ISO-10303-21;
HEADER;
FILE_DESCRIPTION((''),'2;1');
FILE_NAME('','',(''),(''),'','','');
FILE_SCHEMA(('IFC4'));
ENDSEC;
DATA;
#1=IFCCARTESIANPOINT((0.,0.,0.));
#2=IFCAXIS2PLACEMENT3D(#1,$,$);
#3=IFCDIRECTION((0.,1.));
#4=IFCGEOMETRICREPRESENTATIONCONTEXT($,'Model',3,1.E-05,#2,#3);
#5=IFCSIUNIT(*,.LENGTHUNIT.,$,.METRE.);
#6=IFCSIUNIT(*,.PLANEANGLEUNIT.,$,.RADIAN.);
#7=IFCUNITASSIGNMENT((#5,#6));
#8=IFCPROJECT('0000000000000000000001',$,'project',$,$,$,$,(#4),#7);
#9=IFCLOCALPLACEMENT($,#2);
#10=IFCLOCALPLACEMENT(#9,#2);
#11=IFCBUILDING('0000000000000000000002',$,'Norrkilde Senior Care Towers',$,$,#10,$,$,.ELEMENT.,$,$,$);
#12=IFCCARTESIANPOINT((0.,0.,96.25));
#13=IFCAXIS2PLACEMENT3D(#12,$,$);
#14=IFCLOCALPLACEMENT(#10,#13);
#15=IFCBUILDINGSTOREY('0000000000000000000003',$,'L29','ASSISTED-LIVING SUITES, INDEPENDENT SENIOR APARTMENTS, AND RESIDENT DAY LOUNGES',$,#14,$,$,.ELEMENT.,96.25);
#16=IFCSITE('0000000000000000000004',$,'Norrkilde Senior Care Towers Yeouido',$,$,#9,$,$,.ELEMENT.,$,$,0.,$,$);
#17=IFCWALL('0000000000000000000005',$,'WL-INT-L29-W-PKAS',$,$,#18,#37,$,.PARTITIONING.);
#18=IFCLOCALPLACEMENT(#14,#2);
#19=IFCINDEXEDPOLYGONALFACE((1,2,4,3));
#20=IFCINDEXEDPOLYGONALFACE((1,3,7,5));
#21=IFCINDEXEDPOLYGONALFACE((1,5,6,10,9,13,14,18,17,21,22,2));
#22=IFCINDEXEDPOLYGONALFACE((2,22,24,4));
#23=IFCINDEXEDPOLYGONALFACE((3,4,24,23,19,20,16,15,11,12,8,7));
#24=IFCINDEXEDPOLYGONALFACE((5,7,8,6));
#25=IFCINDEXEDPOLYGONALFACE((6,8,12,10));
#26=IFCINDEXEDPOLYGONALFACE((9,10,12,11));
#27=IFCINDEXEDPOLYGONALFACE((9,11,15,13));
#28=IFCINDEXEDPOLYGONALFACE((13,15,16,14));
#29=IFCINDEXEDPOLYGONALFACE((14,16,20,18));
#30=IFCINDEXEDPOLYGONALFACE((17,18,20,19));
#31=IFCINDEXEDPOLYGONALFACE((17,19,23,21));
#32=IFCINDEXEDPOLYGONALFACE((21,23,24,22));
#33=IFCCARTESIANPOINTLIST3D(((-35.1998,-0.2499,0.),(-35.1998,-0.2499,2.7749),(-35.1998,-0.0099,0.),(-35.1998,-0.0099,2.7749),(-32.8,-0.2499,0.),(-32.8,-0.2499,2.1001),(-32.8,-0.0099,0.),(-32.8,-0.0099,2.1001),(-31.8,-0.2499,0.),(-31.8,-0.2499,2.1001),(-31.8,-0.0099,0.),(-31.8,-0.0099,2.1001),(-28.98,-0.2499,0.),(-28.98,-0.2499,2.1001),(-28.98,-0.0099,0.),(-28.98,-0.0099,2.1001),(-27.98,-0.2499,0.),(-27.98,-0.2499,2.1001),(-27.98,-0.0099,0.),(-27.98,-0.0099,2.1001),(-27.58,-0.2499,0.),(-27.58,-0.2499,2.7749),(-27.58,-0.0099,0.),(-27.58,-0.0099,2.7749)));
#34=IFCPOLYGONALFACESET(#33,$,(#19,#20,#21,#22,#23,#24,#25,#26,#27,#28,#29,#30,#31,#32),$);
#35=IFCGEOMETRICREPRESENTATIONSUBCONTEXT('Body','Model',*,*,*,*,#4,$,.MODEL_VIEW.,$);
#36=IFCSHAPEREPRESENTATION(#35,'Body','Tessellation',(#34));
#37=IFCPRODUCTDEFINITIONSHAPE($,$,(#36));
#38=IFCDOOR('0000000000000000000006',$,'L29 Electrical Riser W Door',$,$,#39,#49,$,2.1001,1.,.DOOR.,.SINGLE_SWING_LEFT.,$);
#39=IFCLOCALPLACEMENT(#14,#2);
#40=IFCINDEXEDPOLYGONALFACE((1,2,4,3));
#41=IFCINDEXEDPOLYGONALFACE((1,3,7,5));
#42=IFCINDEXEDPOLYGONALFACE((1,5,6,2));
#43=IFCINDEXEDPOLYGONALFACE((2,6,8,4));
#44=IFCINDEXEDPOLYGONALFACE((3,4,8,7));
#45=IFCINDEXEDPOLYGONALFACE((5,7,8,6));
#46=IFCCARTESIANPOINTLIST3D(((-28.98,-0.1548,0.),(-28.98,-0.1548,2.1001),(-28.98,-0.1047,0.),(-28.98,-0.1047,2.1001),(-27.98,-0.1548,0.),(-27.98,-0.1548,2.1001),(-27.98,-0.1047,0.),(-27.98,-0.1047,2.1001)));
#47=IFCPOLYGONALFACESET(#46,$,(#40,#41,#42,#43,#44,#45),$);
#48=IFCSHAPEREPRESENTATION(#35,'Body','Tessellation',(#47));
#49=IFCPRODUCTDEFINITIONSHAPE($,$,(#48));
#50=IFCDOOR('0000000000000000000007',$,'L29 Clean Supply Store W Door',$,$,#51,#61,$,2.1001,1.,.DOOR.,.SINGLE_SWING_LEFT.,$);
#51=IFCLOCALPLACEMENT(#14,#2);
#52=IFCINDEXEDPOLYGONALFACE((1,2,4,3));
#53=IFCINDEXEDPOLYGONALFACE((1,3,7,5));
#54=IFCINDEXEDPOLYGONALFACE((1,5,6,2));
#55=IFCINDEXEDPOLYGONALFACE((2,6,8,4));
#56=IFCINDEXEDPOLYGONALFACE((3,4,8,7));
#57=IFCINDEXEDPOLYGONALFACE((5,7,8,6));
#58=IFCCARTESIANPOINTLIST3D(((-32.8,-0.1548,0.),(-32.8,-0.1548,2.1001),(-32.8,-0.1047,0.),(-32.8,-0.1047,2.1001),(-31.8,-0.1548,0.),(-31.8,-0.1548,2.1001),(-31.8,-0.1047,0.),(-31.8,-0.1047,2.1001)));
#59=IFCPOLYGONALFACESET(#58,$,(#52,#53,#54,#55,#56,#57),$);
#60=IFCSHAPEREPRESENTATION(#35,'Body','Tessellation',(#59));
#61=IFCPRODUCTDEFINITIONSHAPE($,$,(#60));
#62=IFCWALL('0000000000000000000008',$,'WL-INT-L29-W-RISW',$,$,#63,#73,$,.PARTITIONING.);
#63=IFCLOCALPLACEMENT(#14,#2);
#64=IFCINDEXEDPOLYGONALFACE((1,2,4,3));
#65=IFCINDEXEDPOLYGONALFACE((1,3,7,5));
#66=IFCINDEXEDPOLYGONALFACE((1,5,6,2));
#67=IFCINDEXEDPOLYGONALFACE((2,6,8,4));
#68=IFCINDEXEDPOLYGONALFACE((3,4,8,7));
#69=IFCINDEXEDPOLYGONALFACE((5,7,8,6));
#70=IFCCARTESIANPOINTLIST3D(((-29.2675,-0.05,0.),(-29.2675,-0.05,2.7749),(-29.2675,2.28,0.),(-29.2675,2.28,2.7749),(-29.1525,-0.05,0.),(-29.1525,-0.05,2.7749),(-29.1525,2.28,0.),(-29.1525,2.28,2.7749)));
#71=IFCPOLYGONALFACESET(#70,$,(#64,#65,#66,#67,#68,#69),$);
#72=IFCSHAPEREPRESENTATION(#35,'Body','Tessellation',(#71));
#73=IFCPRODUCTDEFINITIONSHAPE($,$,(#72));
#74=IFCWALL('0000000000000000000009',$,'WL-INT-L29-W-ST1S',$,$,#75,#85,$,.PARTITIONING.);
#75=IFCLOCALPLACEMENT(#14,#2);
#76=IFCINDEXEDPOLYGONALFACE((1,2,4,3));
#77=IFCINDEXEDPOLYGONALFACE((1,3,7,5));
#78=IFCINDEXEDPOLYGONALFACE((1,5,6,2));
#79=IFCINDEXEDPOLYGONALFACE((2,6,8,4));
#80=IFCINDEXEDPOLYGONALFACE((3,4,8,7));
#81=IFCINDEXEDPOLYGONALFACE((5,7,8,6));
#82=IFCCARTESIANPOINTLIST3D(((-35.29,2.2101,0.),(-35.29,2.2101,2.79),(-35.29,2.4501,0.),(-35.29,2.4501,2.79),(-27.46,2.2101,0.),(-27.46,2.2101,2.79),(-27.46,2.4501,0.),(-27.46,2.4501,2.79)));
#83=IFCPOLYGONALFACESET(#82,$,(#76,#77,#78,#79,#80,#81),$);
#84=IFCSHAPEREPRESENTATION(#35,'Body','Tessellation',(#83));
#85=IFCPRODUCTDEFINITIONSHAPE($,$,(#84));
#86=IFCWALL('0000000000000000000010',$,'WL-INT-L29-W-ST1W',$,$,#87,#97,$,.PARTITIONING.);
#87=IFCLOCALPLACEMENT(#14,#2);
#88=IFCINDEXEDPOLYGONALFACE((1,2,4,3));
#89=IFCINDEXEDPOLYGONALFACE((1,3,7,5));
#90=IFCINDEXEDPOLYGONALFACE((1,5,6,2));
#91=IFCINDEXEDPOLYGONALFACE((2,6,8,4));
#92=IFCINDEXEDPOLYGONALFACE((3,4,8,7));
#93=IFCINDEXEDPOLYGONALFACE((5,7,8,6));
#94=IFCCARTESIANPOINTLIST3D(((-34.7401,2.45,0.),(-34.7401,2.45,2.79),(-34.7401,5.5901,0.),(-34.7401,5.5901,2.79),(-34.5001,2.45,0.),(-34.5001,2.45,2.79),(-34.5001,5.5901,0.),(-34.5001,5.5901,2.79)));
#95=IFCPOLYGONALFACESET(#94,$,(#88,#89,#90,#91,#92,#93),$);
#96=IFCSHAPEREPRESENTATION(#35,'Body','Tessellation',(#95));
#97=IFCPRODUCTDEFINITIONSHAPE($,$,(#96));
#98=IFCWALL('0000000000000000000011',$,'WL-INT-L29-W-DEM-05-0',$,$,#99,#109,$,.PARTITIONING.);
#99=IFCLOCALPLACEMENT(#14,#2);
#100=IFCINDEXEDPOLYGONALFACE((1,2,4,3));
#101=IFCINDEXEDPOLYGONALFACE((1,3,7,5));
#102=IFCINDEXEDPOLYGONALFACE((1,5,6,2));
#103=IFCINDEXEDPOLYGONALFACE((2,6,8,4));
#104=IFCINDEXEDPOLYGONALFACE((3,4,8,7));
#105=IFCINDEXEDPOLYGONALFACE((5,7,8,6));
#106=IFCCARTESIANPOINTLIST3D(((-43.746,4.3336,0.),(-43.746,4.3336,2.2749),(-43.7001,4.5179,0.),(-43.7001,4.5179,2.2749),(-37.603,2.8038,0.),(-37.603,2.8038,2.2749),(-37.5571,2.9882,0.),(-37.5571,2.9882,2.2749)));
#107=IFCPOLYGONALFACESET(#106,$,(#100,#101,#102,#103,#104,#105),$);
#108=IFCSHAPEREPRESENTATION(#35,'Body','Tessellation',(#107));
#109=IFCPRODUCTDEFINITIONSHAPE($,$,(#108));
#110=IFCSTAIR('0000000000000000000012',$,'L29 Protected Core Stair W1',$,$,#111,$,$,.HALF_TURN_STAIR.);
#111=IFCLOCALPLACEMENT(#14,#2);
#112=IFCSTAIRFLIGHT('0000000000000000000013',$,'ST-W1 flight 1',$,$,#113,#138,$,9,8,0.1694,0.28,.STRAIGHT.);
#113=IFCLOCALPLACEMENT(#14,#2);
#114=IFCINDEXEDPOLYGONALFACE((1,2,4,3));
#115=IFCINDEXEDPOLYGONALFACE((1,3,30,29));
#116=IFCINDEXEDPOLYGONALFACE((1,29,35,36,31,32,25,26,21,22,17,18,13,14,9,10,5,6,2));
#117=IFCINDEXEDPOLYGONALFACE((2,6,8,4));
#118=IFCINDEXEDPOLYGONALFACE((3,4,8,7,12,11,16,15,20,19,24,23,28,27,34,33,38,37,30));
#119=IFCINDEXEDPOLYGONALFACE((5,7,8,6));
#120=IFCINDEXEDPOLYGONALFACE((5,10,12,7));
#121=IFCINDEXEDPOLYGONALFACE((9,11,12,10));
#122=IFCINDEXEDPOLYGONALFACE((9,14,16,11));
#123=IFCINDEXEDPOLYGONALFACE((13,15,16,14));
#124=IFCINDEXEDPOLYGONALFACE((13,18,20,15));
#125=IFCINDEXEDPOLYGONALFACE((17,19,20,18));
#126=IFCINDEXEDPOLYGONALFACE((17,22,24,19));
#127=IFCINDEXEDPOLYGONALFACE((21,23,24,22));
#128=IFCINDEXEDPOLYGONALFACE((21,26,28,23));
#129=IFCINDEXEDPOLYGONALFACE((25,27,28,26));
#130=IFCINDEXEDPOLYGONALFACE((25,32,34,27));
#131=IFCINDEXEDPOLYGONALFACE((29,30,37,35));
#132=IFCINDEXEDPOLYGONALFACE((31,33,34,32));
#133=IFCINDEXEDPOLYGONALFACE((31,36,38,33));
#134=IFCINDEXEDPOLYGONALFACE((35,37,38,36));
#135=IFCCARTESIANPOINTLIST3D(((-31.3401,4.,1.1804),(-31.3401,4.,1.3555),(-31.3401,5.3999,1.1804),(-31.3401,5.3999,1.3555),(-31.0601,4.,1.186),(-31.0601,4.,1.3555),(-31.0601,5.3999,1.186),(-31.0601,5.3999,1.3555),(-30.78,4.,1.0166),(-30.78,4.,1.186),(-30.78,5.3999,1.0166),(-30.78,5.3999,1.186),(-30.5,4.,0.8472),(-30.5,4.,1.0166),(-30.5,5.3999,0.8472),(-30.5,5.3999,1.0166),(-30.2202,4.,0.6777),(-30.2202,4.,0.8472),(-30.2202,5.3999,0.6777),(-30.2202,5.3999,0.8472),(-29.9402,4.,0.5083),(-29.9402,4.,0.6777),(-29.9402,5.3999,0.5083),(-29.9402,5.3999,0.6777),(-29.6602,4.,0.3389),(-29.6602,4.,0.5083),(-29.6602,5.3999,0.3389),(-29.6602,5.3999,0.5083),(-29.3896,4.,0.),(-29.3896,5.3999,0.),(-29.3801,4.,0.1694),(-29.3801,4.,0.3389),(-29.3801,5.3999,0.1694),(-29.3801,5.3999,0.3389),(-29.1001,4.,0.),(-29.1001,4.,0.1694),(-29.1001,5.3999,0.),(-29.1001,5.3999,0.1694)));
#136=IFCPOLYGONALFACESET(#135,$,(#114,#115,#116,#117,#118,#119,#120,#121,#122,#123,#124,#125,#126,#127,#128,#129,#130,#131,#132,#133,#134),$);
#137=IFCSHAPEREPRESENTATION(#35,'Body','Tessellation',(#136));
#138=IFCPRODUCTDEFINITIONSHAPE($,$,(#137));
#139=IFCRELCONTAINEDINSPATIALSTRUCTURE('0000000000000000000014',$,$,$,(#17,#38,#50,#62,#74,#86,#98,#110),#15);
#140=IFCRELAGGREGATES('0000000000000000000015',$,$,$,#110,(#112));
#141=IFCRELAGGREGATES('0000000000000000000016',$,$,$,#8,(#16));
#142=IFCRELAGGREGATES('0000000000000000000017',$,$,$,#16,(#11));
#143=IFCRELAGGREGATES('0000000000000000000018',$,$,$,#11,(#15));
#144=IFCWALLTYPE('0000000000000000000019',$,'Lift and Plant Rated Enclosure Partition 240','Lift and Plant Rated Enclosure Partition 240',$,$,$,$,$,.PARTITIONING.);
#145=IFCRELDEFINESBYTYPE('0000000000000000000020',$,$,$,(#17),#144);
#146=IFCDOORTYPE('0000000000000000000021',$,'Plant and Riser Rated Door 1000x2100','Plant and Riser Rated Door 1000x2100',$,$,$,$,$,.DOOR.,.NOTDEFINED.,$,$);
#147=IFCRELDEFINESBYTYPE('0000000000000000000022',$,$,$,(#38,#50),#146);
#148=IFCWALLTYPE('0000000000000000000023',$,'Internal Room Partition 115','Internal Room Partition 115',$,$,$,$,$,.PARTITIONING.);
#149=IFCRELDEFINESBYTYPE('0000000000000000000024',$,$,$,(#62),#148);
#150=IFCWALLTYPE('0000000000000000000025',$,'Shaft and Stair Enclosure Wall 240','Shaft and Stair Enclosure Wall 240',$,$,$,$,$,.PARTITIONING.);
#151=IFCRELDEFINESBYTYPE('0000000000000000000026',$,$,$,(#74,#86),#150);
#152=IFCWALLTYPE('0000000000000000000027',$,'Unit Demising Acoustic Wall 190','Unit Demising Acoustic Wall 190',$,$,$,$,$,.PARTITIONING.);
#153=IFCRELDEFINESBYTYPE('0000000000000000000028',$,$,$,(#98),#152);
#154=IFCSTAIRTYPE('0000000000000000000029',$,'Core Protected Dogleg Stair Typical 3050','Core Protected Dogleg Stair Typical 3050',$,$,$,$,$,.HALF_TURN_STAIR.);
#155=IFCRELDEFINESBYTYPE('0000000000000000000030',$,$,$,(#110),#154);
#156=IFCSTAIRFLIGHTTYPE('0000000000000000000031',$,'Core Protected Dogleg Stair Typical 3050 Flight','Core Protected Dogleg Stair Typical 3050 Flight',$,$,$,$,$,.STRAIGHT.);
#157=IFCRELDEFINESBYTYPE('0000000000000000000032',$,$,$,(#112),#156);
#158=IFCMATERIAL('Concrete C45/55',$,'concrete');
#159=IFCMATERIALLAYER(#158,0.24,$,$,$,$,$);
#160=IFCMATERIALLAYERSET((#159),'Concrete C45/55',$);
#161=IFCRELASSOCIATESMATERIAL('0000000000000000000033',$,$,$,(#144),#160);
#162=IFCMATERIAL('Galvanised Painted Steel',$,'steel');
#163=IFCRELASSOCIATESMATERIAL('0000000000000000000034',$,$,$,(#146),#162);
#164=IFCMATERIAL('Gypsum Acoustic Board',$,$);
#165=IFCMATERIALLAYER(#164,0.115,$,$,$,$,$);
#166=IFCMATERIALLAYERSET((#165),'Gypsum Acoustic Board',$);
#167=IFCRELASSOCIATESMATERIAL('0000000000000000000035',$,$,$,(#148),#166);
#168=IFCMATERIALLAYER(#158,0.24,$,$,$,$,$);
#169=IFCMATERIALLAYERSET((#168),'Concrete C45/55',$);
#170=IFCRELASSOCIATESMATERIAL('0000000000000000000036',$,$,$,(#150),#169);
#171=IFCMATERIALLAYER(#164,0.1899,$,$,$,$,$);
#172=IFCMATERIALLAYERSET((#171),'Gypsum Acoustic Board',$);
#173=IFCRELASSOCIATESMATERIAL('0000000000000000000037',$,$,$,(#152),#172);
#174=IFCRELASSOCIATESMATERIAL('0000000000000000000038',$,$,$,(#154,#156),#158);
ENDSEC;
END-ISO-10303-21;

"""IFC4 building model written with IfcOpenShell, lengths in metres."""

from ifc_helpers import new_model, si_unit, direction, frame, frame_2d, origin, place, context, subcontext, project, spatial, polyline, rectangle, outline, extrude, source, transform, mapped, material, layer, layer_set, type_object, type_shapes, element, fill, aggregate, save


model = new_model("IFC4")

# Units and contexts
model_context = context("Model", 3, precision=1e-05, world=origin(), true_north=direction((0.0, 1.0)))
body_context = subcontext(model_context, "Body", "Model", "MODEL_VIEW")
ifc_project = project(units=[si_unit("LENGTHUNIT", "METRE"), si_unit("PLANEANGLEUNIT", "RADIAN")], contexts=[model_context])

# Site, building, storey
site_placement = place(None, origin())
site = spatial("IfcSite", under=ifc_project, at=site_placement, Name="Norrkilde Senior Care Towers Yeouido", CompositionType="ELEMENT", RefElevation=0.0)
building_placement = place(site_placement, origin())
building = spatial("IfcBuilding", under=site, at=building_placement, Name="Norrkilde Senior Care Towers", CompositionType="ELEMENT")
storey_placement = place(building_placement, frame((0.0, 0.0, 96.25)))
storey = spatial("IfcBuildingStorey", under=building, at=storey_placement, Name="L29", Description="ASSISTED-LIVING SUITES, INDEPENDENT SENIOR APARTMENTS, AND RESIDENT DAY LOUNGES", CompositionType="ELEMENT", Elevation=96.25)

# Wall, openings, doors
ifc_material_1 = material(Name="Concrete C45/55", Category="concrete")
ifc_layer_1 = layer(ifc_material_1, 0.24)
ifc_layer_set_1 = layer_set([ifc_layer_1], Name="Concrete C45/55")
wall_type_1 = type_object("IfcWallType", Name="Lift and Plant Rated Enclosure Partition 240", Description="Lift and Plant Rated Enclosure Partition 240", PredefinedType="PARTITIONING", material=ifc_layer_set_1)
shared_shape_1 = source(origin(), body_context, "Body", "SweptSolid", [
    extrude(rectangle(XDim=7.6199, YDim=0.24, at=frame_2d((3.8101, 0.0))), origin(), (0.0, 0.0, 1.0), 2.7749),
])
type_shapes(wall_type_1, [shared_shape_1])
wall_1_placement = place(storey_placement, frame((-35.2, -0.1299, 0.0), z_axis=(0.0, 0.0, 1.0), x_axis=(1.0, 0.0, 0.0)))
wall_1 = element("IfcWall", 1, at=wall_1_placement, inside=storey, type_object=wall_type_1, Name="WL-INT-L29-W-PKAS", PredefinedType="PARTITIONING", context=body_context, shape_type="MappedRepresentation", body=[
    mapped(shared_shape_1, transform((0.0, 0.0, 0.0), x_axis=(1.0, 0.0, 0.0), y_axis=(0.0, 1.0, 0.0), z_axis=(0.0, 0.0, 1.0), scale=1.0)),
])
opening_1_placement = place(wall_1_placement, frame((6.22, 0.0, 0.0)))
opening_1 = element("IfcOpeningElement", 2, at=opening_1_placement, cuts=wall_1, PredefinedType="OPENING", context=body_context, shape_type="SweptSolid", body=[
    extrude(rectangle(XDim=1.0, YDim=2.1001, at=frame_2d((0.5, 1.05))), frame((0.0, 0.1299, 0.0), z_axis=(0.0, -1.0, 0.0), x_axis=(1.0, 0.0, 0.0)), (0.0, 0.0, 1.0), 0.26),
])
opening_2_placement = place(wall_1_placement, frame((2.3999, 0.0, 0.0)))
opening_2 = element("IfcOpeningElement", 3, at=opening_2_placement, cuts=wall_1, PredefinedType="OPENING", context=body_context, shape_type="SweptSolid", body=[
    extrude(rectangle(XDim=1.0, YDim=2.1001, at=frame_2d((0.5, 1.05))), frame((0.0, 0.1299, 0.0), z_axis=(0.0, -1.0, 0.0), x_axis=(1.0, 0.0, 0.0)), (0.0, 0.0, 1.0), 0.26),
])
ifc_material_2 = material(Name="Galvanised Painted Steel", Category="steel")
door_type_1 = type_object("IfcDoorType", Name="Plant and Riser Rated Door 1000x2100", Description="Plant and Riser Rated Door 1000x2100", OperationType="NOTDEFINED", PredefinedType="DOOR", material=ifc_material_2)
shared_shape_2 = source(origin(), body_context, "Body", "SweptSolid", [
    extrude(rectangle(XDim=1.0, YDim=2.1001, at=frame_2d((0.5, 1.05))), frame((0.0, 0.0249, 0.0), z_axis=(0.0, -1.0, 0.0), x_axis=(1.0, 0.0, 0.0)), (0.0, 0.0, 1.0), 0.05),
])
type_shapes(door_type_1, [shared_shape_2])
door_1_placement = place(opening_1_placement, frame((1.0, 0.0, 0.0), z_axis=(0.0, 0.0, 1.0), x_axis=(-1.0, 0.0, 0.0)))
door_1 = element("IfcDoor", 4, at=door_1_placement, inside=storey, type_object=door_type_1, Name="L29 Electrical Riser W Door", OperationType="SINGLE_SWING_LEFT", OverallHeight=2.1001, OverallWidth=1.0, PredefinedType="DOOR", context=body_context, shape_type="MappedRepresentation", body=[
    mapped(shared_shape_2, transform((0.0, 0.0, 0.0), x_axis=(1.0, 0.0, 0.0), y_axis=(0.0, 1.0, 0.0), z_axis=(0.0, 0.0, 1.0), scale=1.0)),
])
fill(opening_1, door_1)
door_2_placement = place(opening_2_placement, frame((1.0, 0.0, 0.0), z_axis=(0.0, 0.0, 1.0), x_axis=(-1.0, 0.0, 0.0)))
door_2 = element("IfcDoor", 5, at=door_2_placement, inside=storey, type_object=door_type_1, Name="L29 Clean Supply Store W Door", OperationType="SINGLE_SWING_LEFT", OverallHeight=2.1001, OverallWidth=1.0, PredefinedType="DOOR", context=body_context, shape_type="MappedRepresentation", body=[
    mapped(shared_shape_2, transform((0.0, 0.0, 0.0), x_axis=(1.0, 0.0, 0.0), y_axis=(0.0, 1.0, 0.0), z_axis=(0.0, 0.0, 1.0), scale=1.0)),
])
fill(opening_2, door_2)

# Walls
ifc_material_3 = material(Name="Gypsum Acoustic Board")
ifc_layer_2 = layer(ifc_material_3, 0.115)
ifc_layer_set_2 = layer_set([ifc_layer_2], Name="Gypsum Acoustic Board")
wall_type_2 = type_object("IfcWallType", Name="Internal Room Partition 115", Description="Internal Room Partition 115", PredefinedType="PARTITIONING", material=ifc_layer_set_2)
shared_shape_3 = source(origin(), body_context, "Body", "SweptSolid", [
    extrude(rectangle(XDim=2.3301, YDim=0.115, at=frame_2d((1.165, 0.0))), origin(), (0.0, 0.0, 1.0), 2.7749),
])
type_shapes(wall_type_2, [shared_shape_3])
wall_2_placement = place(storey_placement, frame((-29.21, -0.05, 0.0), z_axis=(0.0, 0.0, 1.0), x_axis=(0.0, 1.0, 0.0)))
element("IfcWall", 6, at=wall_2_placement, inside=storey, type_object=wall_type_2, Name="WL-INT-L29-W-RISW", PredefinedType="PARTITIONING", context=body_context, shape_type="MappedRepresentation", body=[
    mapped(shared_shape_3, transform((0.0, 0.0, 0.0), x_axis=(1.0, 0.0, 0.0), y_axis=(0.0, 1.0, 0.0), z_axis=(0.0, 0.0, 1.0), scale=1.0)),
])
ifc_layer_3 = layer(ifc_material_1, 0.24)
ifc_layer_set_3 = layer_set([ifc_layer_3], Name="Concrete C45/55")
wall_type_3 = type_object("IfcWallType", Name="Shaft and Stair Enclosure Wall 240", Description="Shaft and Stair Enclosure Wall 240", PredefinedType="PARTITIONING", material=ifc_layer_set_3)
shared_shape_4 = source(origin(), body_context, "Body", "SweptSolid", [
    extrude(rectangle(XDim=7.8301, YDim=0.24, at=frame_2d((3.915, 0.0))), origin(), (0.0, 0.0, 1.0), 2.79),
])
wall_3_placement = place(storey_placement, frame((-35.29, 2.3301, 0.0), z_axis=(0.0, 0.0, 1.0), x_axis=(1.0, 0.0, 0.0)))
element("IfcWall", 7, at=wall_3_placement, inside=storey, type_object=wall_type_3, Name="WL-INT-L29-W-ST1S", PredefinedType="PARTITIONING", context=body_context, shape_type="MappedRepresentation", body=[
    mapped(shared_shape_4, transform((0.0, 0.0, 0.0), x_axis=(1.0, 0.0, 0.0), y_axis=(0.0, 1.0, 0.0), z_axis=(0.0, 0.0, 1.0), scale=1.0)),
])
shared_shape_5 = source(origin(), body_context, "Body", "SweptSolid", [
    extrude(rectangle(XDim=3.1401, YDim=0.24, at=frame_2d((1.5701, 0.0))), origin(), (0.0, 0.0, 1.0), 2.79),
])
type_shapes(wall_type_3, [shared_shape_4, shared_shape_5])
wall_4_placement = place(storey_placement, frame((-34.6201, 2.45, 0.0), z_axis=(0.0, 0.0, 1.0), x_axis=(0.0, 1.0, 0.0)))
element("IfcWall", 8, at=wall_4_placement, inside=storey, type_object=wall_type_3, Name="WL-INT-L29-W-ST1W", PredefinedType="PARTITIONING", context=body_context, shape_type="MappedRepresentation", body=[
    mapped(shared_shape_5, transform((0.0, 0.0, 0.0), x_axis=(1.0, 0.0, 0.0), y_axis=(0.0, 1.0, 0.0), z_axis=(0.0, 0.0, 1.0), scale=1.0)),
])
ifc_layer_4 = layer(ifc_material_3, 0.1899)
ifc_layer_set_4 = layer_set([ifc_layer_4], Name="Gypsum Acoustic Board")
wall_type_4 = type_object("IfcWallType", Name="Unit Demising Acoustic Wall 190", Description="Unit Demising Acoustic Wall 190", PredefinedType="PARTITIONING", material=ifc_layer_set_4)
shared_shape_6 = source(origin(), body_context, "Body", "SweptSolid", [
    extrude(rectangle(XDim=6.3306, YDim=0.1899, at=frame_2d((3.1653, 0.0))), origin(), (0.0, 0.0, 1.0), 2.2749),
])
type_shapes(wall_type_4, [shared_shape_6])
wall_5_placement = place(storey_placement, frame((-37.5801, 2.896, 0.0), z_axis=(0.0, 0.0, 1.0), x_axis=(-0.970364, 0.241646, 0.0)))
element("IfcWall", 9, at=wall_5_placement, inside=storey, type_object=wall_type_4, Name="WL-INT-L29-W-DEM-05-0", PredefinedType="PARTITIONING", context=body_context, shape_type="MappedRepresentation", body=[
    mapped(shared_shape_6, transform((0.0, 0.0, 0.0), x_axis=(1.0, 0.0, 0.0), y_axis=(0.0, 1.0, 0.0), z_axis=(0.0, 0.0, 1.0), scale=1.0)),
])

# Stair, stair flight
stair_type = type_object("IfcStairType", Name="Core Protected Dogleg Stair Typical 3050", Description="Core Protected Dogleg Stair Typical 3050", PredefinedType="HALF_TURN_STAIR", material=ifc_material_1)
stair_placement = place(storey_placement, origin())
stair = element("IfcStair", 10, at=stair_placement, inside=storey, type_object=stair_type, Name="L29 Protected Core Stair W1", PredefinedType="HALF_TURN_STAIR")
stair_flight_type = type_object("IfcStairFlightType", Name="Core Protected Dogleg Stair Typical 3050 Flight", Description="Core Protected Dogleg Stair Typical 3050 Flight", PredefinedType="STRAIGHT", material=ifc_material_1)
stair_flight_1_placement = place(storey_placement, frame((-29.1001, 4.7, 0.0), z_axis=(0.0, 0.0, 1.0), x_axis=(-1.0, 0.0, 0.0)))
stair_flight_1 = element("IfcStairFlight", 11, at=stair_flight_1_placement, type_object=stair_flight_type, Name="ST-W1 flight 1", NumberOfRisers=9, NumberOfTreads=8, PredefinedType="STRAIGHT", RiserHeight=0.1694, TreadLength=0.28, context=body_context, shape_type="SweptSolid", body=[
    extrude(outline(polyline([(0.0, 0.0), (0.0, 0.1694), (0.28, 0.1694), (0.28, 0.3389), (0.5601, 0.3389), (0.5601, 0.5083), (0.8401, 0.5083), (0.8401, 0.6777), (1.1201, 0.6777), (1.1201, 0.8472), (1.3999, 0.8472), (1.3999, 1.0166), (1.6799, 1.0166), (1.6799, 1.186), (1.96, 1.186), (1.96, 1.3555), (2.24, 1.3555), (2.24, 1.5249), (2.24, 1.1804), (0.2896, 0.0), (0.0, 0.0)])), frame((0.0, 0.7, 0.0), z_axis=(0.0, -1.0, 0.0), x_axis=(1.0, 0.0, 0.0)), (0.0, 0.0, 1.0), 1.3999),
])
aggregate(stair, [stair_flight_1])

save(model, "model.ifc")
